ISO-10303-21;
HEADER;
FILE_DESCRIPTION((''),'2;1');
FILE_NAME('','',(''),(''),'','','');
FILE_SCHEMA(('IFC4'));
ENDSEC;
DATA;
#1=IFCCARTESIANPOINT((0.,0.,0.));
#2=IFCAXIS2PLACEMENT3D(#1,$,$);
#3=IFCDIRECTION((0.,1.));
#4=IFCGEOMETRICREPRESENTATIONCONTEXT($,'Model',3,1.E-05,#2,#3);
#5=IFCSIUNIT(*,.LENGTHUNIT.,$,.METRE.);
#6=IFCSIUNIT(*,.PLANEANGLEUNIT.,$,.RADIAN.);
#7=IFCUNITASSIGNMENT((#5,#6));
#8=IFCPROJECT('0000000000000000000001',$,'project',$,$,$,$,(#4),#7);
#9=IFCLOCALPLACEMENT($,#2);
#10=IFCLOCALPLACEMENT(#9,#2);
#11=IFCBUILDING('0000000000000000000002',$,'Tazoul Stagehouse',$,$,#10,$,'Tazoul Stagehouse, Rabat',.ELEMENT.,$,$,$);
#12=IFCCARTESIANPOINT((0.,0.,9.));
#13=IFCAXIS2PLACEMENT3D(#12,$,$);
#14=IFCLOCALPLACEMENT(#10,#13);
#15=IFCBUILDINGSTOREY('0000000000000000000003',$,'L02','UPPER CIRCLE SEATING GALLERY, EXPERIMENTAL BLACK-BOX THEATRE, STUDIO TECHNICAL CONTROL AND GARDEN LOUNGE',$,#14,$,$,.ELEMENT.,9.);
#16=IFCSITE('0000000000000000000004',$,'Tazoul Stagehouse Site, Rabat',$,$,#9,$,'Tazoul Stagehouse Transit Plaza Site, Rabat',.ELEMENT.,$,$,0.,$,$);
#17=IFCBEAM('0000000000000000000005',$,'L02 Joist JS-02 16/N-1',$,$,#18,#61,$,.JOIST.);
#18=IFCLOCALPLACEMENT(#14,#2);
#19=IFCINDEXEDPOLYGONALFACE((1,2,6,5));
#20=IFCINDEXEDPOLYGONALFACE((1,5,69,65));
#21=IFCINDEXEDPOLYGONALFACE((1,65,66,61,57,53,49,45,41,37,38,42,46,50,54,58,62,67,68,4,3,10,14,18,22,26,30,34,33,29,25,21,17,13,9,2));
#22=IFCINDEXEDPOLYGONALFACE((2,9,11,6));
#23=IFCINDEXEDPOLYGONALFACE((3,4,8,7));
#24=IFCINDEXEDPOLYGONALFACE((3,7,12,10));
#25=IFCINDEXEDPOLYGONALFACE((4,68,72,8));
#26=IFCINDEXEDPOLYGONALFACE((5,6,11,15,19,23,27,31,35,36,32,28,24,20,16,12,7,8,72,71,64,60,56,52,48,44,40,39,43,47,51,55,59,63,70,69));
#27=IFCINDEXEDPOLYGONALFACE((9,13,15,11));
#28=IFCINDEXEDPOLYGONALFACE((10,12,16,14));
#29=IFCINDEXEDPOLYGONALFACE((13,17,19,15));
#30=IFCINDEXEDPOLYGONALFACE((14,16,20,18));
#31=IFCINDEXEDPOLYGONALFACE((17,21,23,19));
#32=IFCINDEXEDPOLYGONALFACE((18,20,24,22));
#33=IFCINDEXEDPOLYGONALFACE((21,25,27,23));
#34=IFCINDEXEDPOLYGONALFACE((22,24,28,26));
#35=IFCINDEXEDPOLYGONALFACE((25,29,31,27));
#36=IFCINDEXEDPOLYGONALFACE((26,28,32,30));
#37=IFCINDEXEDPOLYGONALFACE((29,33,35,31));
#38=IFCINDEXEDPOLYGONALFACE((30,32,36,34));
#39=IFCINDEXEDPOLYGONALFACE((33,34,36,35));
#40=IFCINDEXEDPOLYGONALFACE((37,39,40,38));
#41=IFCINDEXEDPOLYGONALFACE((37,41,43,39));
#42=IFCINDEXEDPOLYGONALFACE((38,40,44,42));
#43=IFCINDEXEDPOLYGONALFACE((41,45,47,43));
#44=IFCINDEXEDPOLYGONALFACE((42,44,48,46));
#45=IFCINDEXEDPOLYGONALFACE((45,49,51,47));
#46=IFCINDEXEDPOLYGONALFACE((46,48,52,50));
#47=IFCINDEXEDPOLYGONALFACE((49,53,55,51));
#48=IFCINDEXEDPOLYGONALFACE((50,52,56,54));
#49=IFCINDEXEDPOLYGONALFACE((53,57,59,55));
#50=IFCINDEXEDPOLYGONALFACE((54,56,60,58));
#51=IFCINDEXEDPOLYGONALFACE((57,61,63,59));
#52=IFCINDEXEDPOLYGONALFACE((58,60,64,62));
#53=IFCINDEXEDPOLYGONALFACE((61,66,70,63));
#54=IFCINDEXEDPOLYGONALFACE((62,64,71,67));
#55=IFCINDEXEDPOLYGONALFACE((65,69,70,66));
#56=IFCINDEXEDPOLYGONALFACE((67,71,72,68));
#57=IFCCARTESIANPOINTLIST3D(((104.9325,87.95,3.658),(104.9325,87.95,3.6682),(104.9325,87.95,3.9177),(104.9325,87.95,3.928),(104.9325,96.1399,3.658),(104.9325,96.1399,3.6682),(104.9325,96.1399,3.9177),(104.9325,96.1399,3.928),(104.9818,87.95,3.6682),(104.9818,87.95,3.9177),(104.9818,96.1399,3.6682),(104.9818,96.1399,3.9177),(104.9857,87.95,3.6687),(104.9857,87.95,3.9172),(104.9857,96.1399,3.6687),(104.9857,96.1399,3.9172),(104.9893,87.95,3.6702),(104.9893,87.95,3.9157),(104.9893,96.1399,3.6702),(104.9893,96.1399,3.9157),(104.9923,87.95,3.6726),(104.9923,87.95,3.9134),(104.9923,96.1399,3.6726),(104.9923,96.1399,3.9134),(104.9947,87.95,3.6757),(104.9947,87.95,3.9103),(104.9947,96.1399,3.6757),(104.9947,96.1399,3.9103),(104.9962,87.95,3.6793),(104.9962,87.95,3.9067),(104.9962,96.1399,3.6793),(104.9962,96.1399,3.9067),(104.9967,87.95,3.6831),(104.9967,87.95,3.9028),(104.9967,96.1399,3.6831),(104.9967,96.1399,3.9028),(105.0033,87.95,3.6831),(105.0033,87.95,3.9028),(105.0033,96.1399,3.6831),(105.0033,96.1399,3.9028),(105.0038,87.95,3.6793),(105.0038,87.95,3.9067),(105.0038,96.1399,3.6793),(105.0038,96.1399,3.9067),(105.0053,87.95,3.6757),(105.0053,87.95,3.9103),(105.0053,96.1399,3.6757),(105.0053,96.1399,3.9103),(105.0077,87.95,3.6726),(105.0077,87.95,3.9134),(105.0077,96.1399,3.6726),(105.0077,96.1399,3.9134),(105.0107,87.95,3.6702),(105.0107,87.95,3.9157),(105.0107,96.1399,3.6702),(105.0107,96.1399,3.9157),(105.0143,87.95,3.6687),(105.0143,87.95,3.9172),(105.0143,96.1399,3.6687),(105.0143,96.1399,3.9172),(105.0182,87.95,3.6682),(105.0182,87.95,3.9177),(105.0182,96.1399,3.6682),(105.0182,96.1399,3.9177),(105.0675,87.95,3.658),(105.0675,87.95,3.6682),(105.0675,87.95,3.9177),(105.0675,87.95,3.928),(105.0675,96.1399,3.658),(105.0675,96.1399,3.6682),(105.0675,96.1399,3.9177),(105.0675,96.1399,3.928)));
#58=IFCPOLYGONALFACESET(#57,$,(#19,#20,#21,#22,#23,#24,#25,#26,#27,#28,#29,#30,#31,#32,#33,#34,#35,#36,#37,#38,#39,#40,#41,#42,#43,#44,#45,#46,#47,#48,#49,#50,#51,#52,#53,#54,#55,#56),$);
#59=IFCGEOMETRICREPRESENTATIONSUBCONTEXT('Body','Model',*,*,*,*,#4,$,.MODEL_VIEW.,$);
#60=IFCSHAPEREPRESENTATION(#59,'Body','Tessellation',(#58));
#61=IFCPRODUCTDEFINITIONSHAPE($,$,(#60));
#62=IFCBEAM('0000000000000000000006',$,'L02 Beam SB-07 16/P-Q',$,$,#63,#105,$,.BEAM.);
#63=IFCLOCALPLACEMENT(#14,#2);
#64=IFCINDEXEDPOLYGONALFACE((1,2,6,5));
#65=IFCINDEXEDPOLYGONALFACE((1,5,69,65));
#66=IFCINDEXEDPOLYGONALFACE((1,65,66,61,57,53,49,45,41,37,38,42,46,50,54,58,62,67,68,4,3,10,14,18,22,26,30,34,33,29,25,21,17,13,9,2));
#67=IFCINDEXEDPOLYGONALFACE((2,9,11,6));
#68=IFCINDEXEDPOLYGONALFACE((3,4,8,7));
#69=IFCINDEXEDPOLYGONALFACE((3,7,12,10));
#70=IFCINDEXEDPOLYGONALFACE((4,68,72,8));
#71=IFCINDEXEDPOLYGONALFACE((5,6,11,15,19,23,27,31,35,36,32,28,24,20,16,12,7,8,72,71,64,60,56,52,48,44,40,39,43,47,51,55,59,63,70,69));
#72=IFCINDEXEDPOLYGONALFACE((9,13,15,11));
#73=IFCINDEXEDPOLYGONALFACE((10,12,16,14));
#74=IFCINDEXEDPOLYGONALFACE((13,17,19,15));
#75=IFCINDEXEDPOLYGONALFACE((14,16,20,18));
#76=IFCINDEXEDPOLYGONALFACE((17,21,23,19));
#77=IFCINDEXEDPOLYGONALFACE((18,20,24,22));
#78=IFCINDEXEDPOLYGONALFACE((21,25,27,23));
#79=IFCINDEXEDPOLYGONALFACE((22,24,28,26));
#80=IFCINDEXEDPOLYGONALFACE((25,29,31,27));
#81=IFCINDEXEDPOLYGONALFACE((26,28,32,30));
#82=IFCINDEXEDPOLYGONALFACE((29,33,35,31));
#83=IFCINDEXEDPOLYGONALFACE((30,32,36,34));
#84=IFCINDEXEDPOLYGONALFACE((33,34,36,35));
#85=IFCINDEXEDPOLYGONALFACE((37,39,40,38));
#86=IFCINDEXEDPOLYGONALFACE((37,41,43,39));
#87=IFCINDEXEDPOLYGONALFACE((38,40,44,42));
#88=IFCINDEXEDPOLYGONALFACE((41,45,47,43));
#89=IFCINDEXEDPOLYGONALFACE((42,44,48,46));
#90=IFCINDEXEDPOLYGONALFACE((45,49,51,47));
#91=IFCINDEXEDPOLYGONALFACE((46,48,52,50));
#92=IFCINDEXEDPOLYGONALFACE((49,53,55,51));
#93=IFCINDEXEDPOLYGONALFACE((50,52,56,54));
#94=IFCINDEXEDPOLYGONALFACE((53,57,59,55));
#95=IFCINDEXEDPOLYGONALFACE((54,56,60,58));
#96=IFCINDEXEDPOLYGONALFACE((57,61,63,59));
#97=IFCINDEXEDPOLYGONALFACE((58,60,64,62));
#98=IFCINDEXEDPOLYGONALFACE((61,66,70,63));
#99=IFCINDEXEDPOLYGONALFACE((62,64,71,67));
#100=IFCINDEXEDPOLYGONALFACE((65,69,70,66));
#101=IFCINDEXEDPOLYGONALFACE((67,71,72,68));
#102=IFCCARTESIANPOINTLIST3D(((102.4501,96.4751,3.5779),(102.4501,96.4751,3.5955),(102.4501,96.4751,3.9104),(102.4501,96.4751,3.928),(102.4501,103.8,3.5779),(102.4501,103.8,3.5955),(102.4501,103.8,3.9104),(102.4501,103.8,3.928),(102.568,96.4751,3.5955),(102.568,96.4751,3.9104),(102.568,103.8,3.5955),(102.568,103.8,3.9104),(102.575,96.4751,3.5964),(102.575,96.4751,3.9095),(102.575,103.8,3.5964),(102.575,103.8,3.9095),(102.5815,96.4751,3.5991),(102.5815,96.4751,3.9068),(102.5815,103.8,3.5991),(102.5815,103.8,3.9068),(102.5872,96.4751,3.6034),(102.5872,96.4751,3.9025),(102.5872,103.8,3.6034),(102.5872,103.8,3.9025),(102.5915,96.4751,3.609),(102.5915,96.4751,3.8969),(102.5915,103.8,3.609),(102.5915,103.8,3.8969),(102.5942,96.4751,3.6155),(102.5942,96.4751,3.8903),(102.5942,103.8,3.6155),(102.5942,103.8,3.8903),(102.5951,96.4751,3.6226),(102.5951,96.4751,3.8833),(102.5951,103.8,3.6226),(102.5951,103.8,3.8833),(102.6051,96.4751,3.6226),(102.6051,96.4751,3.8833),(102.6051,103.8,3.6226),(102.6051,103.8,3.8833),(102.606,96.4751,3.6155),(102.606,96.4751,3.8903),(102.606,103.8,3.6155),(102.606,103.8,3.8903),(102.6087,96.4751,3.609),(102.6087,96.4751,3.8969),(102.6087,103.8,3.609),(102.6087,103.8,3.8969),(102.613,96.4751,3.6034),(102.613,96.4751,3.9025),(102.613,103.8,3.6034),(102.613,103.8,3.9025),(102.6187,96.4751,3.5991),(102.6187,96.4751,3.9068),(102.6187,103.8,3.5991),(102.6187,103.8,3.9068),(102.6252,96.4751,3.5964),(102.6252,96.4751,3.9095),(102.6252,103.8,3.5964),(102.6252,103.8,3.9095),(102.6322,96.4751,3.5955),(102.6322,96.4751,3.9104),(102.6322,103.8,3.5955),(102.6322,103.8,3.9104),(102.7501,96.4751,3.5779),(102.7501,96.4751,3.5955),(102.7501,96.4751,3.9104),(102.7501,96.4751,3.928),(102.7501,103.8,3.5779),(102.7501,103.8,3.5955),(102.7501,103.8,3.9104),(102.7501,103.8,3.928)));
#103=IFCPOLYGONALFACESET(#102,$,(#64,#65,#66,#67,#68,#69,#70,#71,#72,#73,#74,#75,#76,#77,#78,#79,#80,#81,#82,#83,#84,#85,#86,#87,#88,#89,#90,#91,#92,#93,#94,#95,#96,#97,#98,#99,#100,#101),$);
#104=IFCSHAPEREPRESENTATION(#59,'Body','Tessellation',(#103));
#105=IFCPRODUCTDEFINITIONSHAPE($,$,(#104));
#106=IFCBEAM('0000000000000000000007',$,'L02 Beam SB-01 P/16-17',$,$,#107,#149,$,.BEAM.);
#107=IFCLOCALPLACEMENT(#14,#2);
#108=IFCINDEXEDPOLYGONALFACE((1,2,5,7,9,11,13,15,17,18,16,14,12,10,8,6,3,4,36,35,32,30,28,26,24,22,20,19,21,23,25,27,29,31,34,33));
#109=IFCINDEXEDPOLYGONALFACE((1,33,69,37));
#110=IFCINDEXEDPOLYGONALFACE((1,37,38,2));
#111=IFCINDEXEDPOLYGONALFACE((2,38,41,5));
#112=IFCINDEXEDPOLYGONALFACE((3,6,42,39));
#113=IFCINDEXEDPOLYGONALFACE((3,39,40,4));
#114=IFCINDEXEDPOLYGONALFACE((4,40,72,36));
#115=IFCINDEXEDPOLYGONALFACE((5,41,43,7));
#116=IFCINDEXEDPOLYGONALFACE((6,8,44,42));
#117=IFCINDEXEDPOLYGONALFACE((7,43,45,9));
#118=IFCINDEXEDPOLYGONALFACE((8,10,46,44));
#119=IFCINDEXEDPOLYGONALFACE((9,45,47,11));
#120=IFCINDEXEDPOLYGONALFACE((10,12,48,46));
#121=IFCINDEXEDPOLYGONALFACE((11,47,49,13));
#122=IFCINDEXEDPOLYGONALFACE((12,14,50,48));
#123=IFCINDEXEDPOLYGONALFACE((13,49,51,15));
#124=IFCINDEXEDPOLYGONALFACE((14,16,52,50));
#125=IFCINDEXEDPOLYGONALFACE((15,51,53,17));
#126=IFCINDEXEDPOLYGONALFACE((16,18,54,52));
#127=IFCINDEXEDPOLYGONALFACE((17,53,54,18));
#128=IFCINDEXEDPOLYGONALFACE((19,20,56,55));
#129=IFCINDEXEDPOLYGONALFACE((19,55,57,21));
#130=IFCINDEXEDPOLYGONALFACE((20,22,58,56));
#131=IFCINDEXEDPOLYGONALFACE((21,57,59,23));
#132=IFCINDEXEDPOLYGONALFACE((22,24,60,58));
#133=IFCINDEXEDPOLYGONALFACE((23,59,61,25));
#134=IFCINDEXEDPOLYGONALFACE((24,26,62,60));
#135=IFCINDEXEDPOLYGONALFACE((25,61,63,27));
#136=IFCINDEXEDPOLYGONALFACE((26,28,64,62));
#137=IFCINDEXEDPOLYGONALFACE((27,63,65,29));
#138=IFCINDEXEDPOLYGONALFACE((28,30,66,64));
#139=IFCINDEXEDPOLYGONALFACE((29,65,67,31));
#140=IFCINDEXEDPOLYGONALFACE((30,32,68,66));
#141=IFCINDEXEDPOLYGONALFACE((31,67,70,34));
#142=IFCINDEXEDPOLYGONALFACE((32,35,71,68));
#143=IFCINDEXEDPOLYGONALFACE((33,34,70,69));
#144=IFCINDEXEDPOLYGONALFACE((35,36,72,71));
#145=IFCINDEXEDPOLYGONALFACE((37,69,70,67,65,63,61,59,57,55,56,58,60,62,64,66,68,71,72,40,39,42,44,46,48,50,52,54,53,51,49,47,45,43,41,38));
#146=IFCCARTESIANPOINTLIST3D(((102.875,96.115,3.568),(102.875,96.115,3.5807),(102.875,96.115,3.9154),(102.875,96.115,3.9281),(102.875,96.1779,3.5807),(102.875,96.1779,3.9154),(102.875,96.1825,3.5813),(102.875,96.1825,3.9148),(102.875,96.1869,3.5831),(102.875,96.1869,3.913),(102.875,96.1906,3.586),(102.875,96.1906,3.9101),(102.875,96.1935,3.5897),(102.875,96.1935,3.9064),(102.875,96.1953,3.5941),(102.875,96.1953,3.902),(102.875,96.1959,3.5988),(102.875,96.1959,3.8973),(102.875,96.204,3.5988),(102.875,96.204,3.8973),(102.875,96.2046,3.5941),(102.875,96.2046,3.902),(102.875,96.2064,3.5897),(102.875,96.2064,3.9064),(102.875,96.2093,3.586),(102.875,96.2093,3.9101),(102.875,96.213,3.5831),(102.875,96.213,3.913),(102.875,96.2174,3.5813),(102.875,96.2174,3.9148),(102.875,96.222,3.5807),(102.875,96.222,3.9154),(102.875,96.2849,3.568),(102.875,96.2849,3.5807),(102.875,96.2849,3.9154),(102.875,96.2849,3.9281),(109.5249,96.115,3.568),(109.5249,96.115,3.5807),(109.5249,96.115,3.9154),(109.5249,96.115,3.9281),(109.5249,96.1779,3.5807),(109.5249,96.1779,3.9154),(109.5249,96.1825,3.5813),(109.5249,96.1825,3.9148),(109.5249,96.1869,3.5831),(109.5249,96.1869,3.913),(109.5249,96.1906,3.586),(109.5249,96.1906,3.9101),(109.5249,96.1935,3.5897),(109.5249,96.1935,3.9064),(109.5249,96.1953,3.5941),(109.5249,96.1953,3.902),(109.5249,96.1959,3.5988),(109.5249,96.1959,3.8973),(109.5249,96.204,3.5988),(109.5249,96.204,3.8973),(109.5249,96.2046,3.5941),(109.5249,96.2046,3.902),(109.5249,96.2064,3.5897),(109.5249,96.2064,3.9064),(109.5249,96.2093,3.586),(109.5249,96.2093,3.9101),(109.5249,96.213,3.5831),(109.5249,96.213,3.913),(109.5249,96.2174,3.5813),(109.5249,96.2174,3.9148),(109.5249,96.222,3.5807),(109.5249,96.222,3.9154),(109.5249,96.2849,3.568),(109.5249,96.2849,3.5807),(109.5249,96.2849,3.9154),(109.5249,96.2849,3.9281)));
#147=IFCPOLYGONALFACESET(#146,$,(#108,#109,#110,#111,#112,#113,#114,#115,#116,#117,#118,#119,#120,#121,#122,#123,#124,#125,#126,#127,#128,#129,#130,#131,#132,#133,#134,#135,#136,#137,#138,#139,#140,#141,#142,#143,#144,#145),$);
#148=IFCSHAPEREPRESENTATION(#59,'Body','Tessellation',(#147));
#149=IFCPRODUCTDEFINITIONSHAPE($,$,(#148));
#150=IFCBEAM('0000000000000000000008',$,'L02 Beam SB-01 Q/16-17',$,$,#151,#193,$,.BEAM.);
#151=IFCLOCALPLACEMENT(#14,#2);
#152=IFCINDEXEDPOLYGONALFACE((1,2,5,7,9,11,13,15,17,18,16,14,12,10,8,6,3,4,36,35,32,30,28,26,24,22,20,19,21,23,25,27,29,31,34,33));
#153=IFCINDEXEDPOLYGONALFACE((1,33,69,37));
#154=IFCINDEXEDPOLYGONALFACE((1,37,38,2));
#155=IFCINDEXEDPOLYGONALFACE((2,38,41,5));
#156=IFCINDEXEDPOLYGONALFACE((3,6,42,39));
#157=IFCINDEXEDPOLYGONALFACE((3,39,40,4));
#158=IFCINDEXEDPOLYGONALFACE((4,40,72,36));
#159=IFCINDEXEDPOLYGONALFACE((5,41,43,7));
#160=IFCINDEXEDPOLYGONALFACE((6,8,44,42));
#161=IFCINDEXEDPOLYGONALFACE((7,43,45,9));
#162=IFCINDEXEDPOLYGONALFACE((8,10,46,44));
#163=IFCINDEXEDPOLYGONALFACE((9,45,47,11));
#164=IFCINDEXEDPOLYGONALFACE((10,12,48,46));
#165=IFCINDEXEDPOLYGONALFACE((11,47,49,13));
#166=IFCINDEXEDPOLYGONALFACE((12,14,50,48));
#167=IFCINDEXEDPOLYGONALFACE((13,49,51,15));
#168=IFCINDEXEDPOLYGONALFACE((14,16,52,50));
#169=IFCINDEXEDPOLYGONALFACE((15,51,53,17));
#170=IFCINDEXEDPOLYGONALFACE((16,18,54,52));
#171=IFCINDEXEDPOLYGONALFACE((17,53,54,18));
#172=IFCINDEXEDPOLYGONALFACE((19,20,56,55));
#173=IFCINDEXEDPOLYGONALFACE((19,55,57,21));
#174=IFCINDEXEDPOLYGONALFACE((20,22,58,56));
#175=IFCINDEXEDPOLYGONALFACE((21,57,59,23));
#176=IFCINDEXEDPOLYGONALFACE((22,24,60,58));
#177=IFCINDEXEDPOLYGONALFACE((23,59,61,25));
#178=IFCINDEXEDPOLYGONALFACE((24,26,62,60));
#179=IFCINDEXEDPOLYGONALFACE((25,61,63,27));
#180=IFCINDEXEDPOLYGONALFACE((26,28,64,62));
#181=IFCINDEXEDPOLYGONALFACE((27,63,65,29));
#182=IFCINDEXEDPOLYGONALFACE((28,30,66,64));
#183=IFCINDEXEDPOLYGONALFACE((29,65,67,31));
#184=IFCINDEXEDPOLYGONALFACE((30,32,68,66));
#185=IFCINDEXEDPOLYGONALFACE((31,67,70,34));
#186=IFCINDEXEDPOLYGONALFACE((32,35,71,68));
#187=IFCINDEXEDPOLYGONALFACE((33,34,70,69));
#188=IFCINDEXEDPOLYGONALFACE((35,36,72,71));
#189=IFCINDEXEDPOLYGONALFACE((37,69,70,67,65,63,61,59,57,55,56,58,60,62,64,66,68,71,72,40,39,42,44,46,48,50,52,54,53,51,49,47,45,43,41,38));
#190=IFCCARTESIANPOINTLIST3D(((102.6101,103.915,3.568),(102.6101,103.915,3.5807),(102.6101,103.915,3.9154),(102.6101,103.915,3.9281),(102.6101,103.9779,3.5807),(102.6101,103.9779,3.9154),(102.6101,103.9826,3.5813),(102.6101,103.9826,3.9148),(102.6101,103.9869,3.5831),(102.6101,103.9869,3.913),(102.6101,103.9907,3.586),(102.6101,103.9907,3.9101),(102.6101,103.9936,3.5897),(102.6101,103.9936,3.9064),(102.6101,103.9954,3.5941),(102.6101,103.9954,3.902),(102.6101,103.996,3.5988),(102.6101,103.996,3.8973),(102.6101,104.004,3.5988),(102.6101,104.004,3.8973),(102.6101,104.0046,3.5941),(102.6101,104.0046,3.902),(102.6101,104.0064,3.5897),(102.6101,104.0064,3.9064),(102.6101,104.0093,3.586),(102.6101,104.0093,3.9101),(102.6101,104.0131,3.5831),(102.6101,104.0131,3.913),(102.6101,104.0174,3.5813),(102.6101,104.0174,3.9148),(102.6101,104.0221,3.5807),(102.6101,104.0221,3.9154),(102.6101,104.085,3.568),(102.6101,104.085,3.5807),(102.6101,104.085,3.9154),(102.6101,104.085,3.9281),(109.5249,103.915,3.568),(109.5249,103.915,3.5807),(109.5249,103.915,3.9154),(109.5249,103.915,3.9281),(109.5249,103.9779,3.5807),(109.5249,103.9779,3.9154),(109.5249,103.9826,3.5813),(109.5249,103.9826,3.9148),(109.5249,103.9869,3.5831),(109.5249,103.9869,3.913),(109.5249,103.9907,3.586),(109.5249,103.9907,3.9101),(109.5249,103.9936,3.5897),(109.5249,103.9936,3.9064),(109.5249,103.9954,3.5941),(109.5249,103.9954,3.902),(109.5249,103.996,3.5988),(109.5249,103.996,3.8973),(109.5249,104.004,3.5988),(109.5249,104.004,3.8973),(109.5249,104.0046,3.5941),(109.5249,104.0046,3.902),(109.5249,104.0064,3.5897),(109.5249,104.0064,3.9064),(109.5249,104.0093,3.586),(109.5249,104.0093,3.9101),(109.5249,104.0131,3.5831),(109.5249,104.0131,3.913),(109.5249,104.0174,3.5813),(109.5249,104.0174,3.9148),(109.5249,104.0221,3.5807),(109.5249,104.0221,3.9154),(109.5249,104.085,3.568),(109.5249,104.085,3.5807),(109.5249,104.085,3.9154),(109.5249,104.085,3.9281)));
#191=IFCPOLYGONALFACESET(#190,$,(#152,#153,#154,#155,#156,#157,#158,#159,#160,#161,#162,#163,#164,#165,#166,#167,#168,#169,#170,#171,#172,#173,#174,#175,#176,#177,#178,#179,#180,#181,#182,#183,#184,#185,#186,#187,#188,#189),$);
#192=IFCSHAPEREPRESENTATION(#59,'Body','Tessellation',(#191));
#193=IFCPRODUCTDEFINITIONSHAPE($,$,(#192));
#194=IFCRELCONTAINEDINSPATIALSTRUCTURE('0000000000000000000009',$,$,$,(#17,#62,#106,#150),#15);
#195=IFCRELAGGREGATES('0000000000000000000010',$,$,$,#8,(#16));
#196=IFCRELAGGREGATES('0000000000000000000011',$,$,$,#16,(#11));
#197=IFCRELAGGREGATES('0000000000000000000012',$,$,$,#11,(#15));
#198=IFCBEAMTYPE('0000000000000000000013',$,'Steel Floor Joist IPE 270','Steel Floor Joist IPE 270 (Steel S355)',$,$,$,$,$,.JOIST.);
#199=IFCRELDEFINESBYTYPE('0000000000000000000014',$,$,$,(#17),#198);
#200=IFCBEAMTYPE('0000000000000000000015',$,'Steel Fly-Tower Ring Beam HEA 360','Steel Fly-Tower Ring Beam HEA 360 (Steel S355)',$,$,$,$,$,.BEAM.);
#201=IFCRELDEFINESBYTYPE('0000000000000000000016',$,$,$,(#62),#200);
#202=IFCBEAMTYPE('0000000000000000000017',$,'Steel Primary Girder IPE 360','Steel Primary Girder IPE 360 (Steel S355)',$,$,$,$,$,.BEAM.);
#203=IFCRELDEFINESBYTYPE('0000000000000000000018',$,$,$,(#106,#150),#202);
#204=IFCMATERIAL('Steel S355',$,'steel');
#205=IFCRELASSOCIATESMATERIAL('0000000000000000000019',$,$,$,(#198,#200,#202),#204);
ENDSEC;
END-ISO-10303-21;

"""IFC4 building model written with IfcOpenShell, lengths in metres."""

from ifc_helpers import new_model, si_unit, direction, frame, origin, origin_2d, place, context, subcontext, project, spatial, i_section, extrude, material, material_profile, profile_set, type_object, element, save


model = new_model("IFC4")

# Units and contexts
model_context = context("Model", 3, precision=1e-05, world=origin(), true_north=direction((0.0, 1.0)))
body_context = subcontext(model_context, "Body", "Model", "MODEL_VIEW")
ifc_project = project(units=[si_unit("LENGTHUNIT", "METRE"), si_unit("PLANEANGLEUNIT", "RADIAN")], contexts=[model_context])

# Site, building, storey
site_placement = place(None, origin())
site = spatial("IfcSite", under=ifc_project, at=site_placement, Name="Tazoul Stagehouse Site, Rabat", LongName="Tazoul Stagehouse Transit Plaza Site, Rabat", CompositionType="ELEMENT", RefElevation=0.0)
building_placement = place(site_placement, origin())
building = spatial("IfcBuilding", under=site, at=building_placement, Name="Tazoul Stagehouse", LongName="Tazoul Stagehouse, Rabat", CompositionType="ELEMENT")
storey_placement = place(building_placement, frame((0.0, 0.0, 9.0)))
storey = spatial("IfcBuildingStorey", under=building, at=storey_placement, Name="L02", Description="UPPER CIRCLE SEATING GALLERY, EXPERIMENTAL BLACK-BOX THEATRE, STUDIO TECHNICAL CONTROL AND GARDEN LOUNGE", CompositionType="ELEMENT", Elevation=9.0)

# Shared definitions
ifc_material_1 = material(Name="Steel S355", Category="steel")

# Beams
ifc_material_profile_1 = material_profile(ifc_material_1, i_section(OverallWidth=0.135, OverallDepth=0.27, WebThickness=0.0066, FlangeThickness=0.0103, FilletRadius=0.0149, at=origin_2d()), Name="IPE 270")
ifc_profile_set_1 = profile_set([ifc_material_profile_1], Name="Steel S355")
beam_type_1 = type_object("IfcBeamType", Name="Steel Floor Joist IPE 270", Description="Steel Floor Joist IPE 270 (Steel S355)", PredefinedType="JOIST", material=ifc_profile_set_1)
beam_1_placement = place(storey_placement, frame((105.0, 87.95, 3.793), z_axis=(0.0, 1.0, 0.0), x_axis=(-1.0, 0.0, 0.0)))
element("IfcBeam", 1, at=beam_1_placement, inside=storey, type_object=beam_type_1, Name="L02 Joist JS-02 16/N-1", PredefinedType="JOIST", context=body_context, shape_type="SweptSolid", body=[
    extrude(i_section(OverallWidth=0.135, OverallDepth=0.27, WebThickness=0.0066, FlangeThickness=0.0103, FilletRadius=0.0149, at=origin_2d()), origin(), (0.0, 0.0, 1.0), 8.1899),
])
ifc_material_profile_2 = material_profile(ifc_material_1, i_section(OverallWidth=0.3, OverallDepth=0.3501, WebThickness=0.01, FlangeThickness=0.0176, FilletRadius=0.0271, at=origin_2d()), Name="HEA 360")
ifc_profile_set_2 = profile_set([ifc_material_profile_2], Name="Steel S355")
beam_type_2 = type_object("IfcBeamType", Name="Steel Fly-Tower Ring Beam HEA 360", Description="Steel Fly-Tower Ring Beam HEA 360 (Steel S355)", PredefinedType="BEAM", material=ifc_profile_set_2)
beam_2_placement = place(storey_placement, frame((102.6001, 96.4751, 3.7529), z_axis=(0.0, 1.0, 0.0), x_axis=(-1.0, 0.0, 0.0)))
element("IfcBeam", 2, at=beam_2_placement, inside=storey, type_object=beam_type_2, Name="L02 Beam SB-07 16/P-Q", PredefinedType="BEAM", context=body_context, shape_type="SweptSolid", body=[
    extrude(i_section(OverallWidth=0.3, OverallDepth=0.3501, WebThickness=0.01, FlangeThickness=0.0176, FilletRadius=0.0271, at=origin_2d()), origin(), (0.0, 0.0, 1.0), 7.325),
])
ifc_material_profile_3 = material_profile(ifc_material_1, i_section(OverallWidth=0.1699, OverallDepth=0.3601, WebThickness=0.0081, FlangeThickness=0.0127, FilletRadius=0.0181, at=origin_2d()), Name="IPE 360")
ifc_profile_set_3 = profile_set([ifc_material_profile_3], Name="Steel S355")
beam_type_3 = type_object("IfcBeamType", Name="Steel Primary Girder IPE 360", Description="Steel Primary Girder IPE 360 (Steel S355)", PredefinedType="BEAM", material=ifc_profile_set_3)
beam_3_placement = place(storey_placement, frame((102.875, 96.2, 3.748), z_axis=(1.0, 0.0, 0.0), x_axis=(0.0, 1.0, 0.0)))
element("IfcBeam", 3, at=beam_3_placement, inside=storey, type_object=beam_type_3, Name="L02 Beam SB-01 P/16-17", PredefinedType="BEAM", context=body_context, shape_type="SweptSolid", body=[
    extrude(i_section(OverallWidth=0.1699, OverallDepth=0.3601, WebThickness=0.0081, FlangeThickness=0.0127, FilletRadius=0.0181, at=origin_2d()), origin(), (0.0, 0.0, 1.0), 6.6499),
])
beam_4_placement = place(storey_placement, frame((102.6101, 104.0, 3.748), z_axis=(1.0, 0.0, 0.0), x_axis=(0.0, 1.0, 0.0)))
element("IfcBeam", 4, at=beam_4_placement, inside=storey, type_object=beam_type_3, Name="L02 Beam SB-01 Q/16-17", PredefinedType="BEAM", context=body_context, shape_type="SweptSolid", body=[
    extrude(i_section(OverallWidth=0.1699, OverallDepth=0.3601, WebThickness=0.0081, FlangeThickness=0.0127, FilletRadius=0.0181, at=origin_2d()), origin(), (0.0, 0.0, 1.0), 6.9148),
])

save(model, "model.ifc")
